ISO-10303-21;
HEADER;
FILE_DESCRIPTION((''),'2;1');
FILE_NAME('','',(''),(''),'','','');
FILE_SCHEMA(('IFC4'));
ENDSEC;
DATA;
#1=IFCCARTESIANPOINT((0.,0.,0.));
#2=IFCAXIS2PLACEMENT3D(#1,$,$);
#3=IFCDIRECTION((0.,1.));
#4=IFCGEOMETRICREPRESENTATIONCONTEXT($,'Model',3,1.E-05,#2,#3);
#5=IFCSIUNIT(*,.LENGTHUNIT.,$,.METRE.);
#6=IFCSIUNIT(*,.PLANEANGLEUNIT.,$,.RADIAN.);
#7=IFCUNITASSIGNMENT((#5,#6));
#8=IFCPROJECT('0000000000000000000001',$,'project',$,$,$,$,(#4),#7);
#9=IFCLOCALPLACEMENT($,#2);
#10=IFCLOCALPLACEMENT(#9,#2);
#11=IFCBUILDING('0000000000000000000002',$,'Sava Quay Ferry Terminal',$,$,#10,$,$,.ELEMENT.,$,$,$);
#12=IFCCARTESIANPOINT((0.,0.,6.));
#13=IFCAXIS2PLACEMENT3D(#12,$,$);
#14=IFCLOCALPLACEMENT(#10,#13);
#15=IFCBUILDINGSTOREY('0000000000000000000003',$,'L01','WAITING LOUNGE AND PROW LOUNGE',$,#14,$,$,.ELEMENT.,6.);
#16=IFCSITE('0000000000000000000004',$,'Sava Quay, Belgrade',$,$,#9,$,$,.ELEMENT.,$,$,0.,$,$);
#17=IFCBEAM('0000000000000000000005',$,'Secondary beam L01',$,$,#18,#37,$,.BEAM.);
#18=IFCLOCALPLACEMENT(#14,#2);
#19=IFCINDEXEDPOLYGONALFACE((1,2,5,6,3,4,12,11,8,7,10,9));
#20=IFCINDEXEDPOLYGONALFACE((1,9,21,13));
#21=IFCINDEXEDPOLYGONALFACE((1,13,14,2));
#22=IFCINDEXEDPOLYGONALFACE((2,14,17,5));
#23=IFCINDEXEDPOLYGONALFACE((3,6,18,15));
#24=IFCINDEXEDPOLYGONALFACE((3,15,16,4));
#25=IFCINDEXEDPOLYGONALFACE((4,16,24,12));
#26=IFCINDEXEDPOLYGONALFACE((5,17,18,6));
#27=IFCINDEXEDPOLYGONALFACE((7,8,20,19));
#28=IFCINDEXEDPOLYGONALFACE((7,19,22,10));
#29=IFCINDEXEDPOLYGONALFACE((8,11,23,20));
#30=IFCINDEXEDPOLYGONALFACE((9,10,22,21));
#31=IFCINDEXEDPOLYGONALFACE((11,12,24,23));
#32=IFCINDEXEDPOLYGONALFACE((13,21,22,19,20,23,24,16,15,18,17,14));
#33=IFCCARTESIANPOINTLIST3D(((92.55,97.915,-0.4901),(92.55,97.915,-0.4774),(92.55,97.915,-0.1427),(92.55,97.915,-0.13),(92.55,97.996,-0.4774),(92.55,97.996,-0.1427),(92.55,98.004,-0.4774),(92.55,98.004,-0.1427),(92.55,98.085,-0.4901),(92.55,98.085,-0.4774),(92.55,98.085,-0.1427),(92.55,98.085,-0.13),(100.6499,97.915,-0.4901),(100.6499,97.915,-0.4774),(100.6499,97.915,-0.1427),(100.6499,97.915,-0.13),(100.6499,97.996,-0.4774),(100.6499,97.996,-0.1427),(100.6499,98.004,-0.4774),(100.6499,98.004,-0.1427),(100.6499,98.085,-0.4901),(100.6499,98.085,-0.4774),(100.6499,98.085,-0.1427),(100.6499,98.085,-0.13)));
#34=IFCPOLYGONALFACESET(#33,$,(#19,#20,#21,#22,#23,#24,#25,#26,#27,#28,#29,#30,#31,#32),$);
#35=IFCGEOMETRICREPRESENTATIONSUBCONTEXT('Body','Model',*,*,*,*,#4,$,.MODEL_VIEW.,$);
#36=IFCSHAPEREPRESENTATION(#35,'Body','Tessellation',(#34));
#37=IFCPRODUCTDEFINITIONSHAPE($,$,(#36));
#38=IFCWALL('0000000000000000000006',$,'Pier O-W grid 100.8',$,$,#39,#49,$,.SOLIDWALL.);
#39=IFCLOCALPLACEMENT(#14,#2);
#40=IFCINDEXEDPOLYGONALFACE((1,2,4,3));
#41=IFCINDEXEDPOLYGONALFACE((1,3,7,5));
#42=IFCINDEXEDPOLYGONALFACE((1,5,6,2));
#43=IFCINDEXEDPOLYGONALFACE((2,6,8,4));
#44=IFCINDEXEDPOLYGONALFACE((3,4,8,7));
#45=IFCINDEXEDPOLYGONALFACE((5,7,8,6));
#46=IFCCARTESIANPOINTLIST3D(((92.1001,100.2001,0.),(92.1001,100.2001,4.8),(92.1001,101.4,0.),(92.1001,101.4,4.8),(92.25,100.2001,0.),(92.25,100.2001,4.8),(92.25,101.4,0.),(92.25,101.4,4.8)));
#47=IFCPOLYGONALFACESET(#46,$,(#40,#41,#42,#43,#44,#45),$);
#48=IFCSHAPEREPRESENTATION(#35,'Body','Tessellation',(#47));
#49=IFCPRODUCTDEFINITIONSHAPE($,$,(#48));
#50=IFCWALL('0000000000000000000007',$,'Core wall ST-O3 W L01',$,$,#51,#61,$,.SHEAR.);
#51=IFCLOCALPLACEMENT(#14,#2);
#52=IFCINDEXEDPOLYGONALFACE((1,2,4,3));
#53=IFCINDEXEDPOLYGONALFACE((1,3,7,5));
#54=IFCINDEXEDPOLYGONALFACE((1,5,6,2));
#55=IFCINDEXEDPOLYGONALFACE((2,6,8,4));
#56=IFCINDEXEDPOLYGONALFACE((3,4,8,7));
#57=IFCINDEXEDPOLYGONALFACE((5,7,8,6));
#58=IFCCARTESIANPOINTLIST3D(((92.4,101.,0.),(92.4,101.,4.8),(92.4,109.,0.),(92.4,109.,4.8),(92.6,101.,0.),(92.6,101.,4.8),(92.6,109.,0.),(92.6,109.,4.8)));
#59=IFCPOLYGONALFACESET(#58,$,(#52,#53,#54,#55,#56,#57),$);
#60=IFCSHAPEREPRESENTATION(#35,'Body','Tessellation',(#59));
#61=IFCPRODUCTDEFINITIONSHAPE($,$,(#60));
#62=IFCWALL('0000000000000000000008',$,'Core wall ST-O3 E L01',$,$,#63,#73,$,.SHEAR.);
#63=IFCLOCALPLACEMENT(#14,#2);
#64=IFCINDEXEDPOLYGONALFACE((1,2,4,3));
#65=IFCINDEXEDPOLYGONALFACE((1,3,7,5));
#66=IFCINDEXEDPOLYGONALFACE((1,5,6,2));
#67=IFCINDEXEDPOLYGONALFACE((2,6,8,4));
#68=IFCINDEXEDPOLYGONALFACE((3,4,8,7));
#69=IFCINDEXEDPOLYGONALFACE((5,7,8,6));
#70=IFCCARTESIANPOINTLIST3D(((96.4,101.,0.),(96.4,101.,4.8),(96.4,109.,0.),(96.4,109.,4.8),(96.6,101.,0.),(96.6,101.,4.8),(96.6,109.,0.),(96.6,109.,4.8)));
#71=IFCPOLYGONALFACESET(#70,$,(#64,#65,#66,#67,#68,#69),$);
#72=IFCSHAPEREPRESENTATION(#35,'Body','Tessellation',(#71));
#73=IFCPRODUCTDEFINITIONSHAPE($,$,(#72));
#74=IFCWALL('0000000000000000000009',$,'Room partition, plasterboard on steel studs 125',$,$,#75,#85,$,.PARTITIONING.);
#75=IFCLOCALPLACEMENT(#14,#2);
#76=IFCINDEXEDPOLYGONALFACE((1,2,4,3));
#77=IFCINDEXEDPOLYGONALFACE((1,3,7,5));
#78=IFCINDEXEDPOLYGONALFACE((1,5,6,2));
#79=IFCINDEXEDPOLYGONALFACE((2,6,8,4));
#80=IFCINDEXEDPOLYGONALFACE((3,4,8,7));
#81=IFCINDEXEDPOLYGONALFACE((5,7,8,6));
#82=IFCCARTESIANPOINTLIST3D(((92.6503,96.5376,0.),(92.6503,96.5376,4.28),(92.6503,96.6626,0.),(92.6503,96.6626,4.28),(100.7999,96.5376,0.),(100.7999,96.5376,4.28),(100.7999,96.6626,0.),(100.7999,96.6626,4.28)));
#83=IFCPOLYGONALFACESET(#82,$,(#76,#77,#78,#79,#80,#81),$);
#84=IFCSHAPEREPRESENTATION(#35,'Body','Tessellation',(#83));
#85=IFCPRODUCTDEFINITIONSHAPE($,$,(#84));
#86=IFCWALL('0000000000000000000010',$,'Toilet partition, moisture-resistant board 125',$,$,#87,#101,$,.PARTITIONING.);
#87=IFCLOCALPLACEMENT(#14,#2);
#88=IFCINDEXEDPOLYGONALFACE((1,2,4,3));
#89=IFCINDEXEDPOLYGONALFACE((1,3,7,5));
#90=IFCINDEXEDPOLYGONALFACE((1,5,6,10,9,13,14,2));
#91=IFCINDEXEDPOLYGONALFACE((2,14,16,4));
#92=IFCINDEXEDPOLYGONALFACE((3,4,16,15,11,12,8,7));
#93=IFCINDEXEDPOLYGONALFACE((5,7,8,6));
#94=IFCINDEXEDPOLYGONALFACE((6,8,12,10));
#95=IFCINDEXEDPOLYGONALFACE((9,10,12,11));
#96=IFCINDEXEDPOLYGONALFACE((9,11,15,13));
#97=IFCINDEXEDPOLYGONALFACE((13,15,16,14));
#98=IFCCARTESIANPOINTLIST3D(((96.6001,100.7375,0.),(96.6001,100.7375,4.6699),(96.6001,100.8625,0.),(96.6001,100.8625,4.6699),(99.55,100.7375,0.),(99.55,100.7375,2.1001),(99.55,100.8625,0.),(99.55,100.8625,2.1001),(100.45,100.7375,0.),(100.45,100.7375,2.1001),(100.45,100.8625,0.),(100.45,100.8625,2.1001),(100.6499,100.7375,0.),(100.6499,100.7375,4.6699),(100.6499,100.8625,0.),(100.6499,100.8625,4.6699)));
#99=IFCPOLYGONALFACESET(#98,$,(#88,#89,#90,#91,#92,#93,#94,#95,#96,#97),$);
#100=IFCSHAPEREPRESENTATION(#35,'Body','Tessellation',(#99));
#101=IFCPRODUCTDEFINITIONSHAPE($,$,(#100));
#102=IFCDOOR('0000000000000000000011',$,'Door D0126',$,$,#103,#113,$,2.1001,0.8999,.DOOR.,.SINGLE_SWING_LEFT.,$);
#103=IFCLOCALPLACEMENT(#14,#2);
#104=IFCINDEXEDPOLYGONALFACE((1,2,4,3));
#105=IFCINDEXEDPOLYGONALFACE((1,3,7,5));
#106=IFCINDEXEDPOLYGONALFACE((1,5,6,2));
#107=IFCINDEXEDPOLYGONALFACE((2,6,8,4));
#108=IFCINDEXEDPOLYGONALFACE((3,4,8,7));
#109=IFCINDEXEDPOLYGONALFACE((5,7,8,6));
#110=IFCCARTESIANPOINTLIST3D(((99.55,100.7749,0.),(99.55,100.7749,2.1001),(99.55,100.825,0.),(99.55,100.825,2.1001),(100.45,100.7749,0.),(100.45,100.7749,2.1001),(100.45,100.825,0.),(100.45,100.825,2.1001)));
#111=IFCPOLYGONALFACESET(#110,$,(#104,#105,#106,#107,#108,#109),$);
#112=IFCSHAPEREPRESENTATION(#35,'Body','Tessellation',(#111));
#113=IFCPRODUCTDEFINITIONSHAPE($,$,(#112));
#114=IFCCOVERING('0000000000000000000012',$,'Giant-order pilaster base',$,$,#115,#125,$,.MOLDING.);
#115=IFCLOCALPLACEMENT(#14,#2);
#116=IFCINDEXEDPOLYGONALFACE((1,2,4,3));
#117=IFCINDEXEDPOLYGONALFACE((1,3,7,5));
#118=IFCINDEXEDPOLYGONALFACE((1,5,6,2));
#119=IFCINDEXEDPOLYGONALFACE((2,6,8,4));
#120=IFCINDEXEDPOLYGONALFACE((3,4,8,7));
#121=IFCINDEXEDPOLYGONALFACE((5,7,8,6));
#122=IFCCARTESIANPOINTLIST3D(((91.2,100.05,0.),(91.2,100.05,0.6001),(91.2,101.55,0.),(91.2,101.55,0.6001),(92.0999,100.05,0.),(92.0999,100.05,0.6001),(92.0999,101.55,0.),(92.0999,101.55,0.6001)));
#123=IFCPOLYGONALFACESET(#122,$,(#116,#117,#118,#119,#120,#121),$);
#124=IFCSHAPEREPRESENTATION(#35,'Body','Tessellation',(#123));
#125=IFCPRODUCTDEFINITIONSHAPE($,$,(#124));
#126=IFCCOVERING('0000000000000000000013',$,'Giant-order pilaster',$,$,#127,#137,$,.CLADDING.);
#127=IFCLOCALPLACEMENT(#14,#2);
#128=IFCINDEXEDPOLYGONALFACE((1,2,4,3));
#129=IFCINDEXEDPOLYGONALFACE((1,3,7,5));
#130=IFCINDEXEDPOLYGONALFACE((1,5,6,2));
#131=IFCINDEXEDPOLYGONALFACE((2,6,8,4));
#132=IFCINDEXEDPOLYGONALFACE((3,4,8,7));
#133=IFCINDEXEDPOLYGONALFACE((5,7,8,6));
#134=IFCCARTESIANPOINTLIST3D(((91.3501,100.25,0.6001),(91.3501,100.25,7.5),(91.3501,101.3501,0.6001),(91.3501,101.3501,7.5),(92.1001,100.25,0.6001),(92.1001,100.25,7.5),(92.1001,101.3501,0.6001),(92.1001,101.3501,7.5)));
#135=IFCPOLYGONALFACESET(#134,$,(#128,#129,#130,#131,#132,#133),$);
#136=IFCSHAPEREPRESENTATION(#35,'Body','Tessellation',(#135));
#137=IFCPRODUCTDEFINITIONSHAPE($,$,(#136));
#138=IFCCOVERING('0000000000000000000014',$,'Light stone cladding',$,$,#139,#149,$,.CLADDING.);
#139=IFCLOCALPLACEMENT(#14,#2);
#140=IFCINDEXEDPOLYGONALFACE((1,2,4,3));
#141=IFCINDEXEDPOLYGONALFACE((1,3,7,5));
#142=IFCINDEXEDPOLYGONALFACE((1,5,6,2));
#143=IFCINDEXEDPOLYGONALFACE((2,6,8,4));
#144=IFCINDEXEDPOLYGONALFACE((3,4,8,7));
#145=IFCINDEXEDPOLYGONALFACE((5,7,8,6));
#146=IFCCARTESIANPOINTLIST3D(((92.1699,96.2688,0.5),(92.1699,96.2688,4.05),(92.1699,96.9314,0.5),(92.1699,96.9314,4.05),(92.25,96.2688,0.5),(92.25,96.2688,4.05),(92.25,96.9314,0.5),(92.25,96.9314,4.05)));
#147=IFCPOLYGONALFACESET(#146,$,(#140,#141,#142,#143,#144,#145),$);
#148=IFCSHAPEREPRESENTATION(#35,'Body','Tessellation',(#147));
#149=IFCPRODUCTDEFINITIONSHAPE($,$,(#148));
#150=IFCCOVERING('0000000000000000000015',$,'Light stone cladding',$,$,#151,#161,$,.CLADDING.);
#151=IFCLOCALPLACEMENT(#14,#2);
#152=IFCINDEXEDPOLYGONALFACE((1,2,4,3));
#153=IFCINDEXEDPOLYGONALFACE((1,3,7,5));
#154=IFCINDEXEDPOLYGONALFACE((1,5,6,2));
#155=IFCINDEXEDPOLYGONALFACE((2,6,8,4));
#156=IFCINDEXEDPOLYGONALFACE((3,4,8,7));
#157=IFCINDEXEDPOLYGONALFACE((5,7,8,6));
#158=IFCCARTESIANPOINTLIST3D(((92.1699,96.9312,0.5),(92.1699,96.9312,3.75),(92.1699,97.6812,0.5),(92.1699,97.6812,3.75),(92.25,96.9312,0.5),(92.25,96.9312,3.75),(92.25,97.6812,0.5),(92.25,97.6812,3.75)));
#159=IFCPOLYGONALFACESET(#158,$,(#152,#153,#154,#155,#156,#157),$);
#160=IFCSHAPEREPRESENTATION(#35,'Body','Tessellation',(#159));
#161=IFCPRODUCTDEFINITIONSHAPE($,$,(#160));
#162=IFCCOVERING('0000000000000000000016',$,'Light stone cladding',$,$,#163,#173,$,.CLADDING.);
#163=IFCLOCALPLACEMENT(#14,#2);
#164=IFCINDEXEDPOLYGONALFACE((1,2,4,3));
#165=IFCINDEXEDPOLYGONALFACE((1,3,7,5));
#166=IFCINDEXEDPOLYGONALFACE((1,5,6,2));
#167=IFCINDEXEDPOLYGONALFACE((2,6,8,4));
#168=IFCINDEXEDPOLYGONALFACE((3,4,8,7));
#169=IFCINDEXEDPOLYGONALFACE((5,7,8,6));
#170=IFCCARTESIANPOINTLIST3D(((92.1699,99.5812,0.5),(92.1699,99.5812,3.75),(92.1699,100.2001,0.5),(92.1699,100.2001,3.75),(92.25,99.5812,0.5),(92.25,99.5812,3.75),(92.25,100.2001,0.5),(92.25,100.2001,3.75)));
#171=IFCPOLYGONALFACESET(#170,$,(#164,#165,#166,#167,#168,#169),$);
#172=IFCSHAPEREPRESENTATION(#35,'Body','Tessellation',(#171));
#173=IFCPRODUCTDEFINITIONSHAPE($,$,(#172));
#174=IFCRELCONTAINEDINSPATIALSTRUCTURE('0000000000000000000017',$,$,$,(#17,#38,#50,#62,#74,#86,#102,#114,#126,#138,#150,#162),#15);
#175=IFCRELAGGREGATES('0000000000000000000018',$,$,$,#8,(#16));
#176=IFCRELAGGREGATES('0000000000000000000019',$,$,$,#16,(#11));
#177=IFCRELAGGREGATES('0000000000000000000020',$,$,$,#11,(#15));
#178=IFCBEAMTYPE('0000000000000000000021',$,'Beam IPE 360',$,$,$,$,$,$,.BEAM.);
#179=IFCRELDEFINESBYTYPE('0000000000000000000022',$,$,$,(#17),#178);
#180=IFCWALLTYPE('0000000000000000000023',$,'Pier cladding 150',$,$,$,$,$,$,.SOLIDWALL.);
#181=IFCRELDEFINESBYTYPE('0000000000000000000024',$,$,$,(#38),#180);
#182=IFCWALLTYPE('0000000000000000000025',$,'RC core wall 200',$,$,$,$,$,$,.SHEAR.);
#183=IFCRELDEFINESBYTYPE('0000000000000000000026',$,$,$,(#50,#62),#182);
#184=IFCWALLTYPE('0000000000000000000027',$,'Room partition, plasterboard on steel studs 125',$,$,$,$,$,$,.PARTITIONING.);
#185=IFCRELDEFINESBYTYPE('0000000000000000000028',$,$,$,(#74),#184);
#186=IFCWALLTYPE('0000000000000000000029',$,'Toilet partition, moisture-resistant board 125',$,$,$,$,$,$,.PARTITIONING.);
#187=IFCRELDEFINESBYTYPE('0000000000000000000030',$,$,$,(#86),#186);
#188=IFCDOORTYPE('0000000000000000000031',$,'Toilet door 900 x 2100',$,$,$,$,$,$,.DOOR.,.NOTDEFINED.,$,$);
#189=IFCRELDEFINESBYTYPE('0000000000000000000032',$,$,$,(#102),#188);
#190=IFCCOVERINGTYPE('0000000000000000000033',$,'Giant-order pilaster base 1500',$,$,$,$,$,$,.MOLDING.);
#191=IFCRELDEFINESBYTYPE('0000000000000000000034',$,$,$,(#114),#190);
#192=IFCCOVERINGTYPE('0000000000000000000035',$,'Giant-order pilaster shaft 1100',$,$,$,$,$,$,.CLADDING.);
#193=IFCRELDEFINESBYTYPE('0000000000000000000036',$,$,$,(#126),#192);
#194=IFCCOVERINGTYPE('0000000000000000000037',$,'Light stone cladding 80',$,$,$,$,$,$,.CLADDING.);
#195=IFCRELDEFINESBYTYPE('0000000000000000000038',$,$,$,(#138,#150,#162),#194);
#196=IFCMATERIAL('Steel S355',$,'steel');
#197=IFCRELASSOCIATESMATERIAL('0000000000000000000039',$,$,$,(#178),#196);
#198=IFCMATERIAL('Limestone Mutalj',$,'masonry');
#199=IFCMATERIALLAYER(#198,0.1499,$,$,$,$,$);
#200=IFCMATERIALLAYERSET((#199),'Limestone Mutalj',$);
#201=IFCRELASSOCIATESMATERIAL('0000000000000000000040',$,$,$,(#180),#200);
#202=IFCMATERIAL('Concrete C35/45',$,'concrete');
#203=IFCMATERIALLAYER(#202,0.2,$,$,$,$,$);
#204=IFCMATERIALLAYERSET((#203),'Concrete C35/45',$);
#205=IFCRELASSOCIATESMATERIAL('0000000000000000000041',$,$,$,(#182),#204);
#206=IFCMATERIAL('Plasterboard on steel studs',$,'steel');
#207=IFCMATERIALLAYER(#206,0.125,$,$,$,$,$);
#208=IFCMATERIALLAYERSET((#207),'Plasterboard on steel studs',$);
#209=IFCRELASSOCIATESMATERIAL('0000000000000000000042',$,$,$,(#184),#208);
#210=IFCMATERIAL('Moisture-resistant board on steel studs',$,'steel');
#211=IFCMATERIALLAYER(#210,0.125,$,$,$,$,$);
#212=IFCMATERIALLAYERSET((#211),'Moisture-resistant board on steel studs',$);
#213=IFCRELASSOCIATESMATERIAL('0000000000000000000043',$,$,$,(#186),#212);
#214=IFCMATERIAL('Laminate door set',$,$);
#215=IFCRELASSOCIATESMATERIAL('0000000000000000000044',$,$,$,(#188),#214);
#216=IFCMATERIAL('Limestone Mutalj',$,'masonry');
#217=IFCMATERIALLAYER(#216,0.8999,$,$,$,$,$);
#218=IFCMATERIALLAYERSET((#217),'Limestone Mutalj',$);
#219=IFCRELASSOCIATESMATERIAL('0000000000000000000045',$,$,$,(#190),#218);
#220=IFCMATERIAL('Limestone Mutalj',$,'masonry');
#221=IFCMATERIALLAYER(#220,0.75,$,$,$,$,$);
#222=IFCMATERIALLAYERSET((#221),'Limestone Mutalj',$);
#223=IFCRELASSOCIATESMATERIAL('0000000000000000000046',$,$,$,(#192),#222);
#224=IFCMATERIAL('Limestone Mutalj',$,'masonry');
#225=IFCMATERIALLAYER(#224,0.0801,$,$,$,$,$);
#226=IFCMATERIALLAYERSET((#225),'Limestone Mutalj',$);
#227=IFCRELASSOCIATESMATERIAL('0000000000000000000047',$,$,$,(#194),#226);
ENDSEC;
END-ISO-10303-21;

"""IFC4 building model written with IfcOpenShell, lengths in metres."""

from ifc_helpers import new_model, si_unit, direction, frame, frame_2d, origin, origin_2d, place, context, subcontext, project, spatial, rectangle, i_section, extrude, material, layer, layer_set, material_profile, profile_set, type_object, element, fill, save


model = new_model("IFC4")

# Units and contexts
model_context = context("Model", 3, precision=1e-05, world=origin(), true_north=direction((0.0, 1.0)))
body_context = subcontext(model_context, "Body", "Model", "MODEL_VIEW")
ifc_project = project(units=[si_unit("LENGTHUNIT", "METRE"), si_unit("PLANEANGLEUNIT", "RADIAN")], contexts=[model_context])

# Site, building, storey
site_placement = place(None, origin())
site = spatial("IfcSite", under=ifc_project, at=site_placement, Name="Sava Quay, Belgrade", CompositionType="ELEMENT", RefElevation=0.0)
building_placement = place(site_placement, origin())
building = spatial("IfcBuilding", under=site, at=building_placement, Name="Sava Quay Ferry Terminal", CompositionType="ELEMENT")
storey_placement = place(building_placement, frame((0.0, 0.0, 6.0)))
storey = spatial("IfcBuildingStorey", under=building, at=storey_placement, Name="L01", Description="WAITING LOUNGE AND PROW LOUNGE", CompositionType="ELEMENT", Elevation=6.0)

# Beam
ifc_material_1 = material(Name="Steel S355", Category="steel")
ifc_material_profile = material_profile(ifc_material_1, i_section(OverallWidth=0.1699, OverallDepth=0.3601, WebThickness=0.0081, FlangeThickness=0.0127, at=origin_2d()), Name="IPE 360")
ifc_profile_set = profile_set([ifc_material_profile], Name="Steel S355")
beam_type = type_object("IfcBeamType", Name="Beam IPE 360", PredefinedType="BEAM", material=ifc_profile_set)
beam_placement = place(storey_placement, frame((92.55, 98.0, -0.3101), z_axis=(1.0, 0.0, 0.0), x_axis=(0.0, 1.0, 0.0)))
element("IfcBeam", 1, at=beam_placement, inside=storey, type_object=beam_type, Name="Secondary beam L01", PredefinedType="BEAM", context=body_context, shape_type="SweptSolid", body=[
    extrude(i_section(OverallWidth=0.1699, OverallDepth=0.3601, WebThickness=0.0081, FlangeThickness=0.0127, at=origin_2d()), origin(), (0.0, 0.0, 1.0), 8.0999),
])

# Wall
ifc_material_2 = material(Name="Limestone Mutalj", Category="masonry")
ifc_layer_1 = layer(ifc_material_2, 0.1499)
ifc_layer_set_1 = layer_set([ifc_layer_1], Name="Limestone Mutalj")
wall_type_1 = type_object("IfcWallType", Name="Pier cladding 150", PredefinedType="SOLIDWALL", material=ifc_layer_set_1)
wall_1_placement = place(storey_placement, frame((92.175, 100.2, 0.0), z_axis=(0.0, 0.0, 1.0), x_axis=(0.0, 1.0, 0.0)))
element("IfcWall", 2, at=wall_1_placement, inside=storey, type_object=wall_type_1, Name="Pier O-W grid 100.8", PredefinedType="SOLIDWALL", context=body_context, shape_type="SweptSolid", body=[
    extrude(rectangle(XDim=1.2, YDim=0.1499, at=frame_2d((0.6001, 0.0))), origin(), (0.0, 0.0, 1.0), 4.8),
])

# Shared definitions
ifc_material_3 = material(Name="Concrete C35/45", Category="concrete")
ifc_layer_2 = layer(ifc_material_3, 0.2)
ifc_layer_set_2 = layer_set([ifc_layer_2], Name="Concrete C35/45")
wall_type_2 = type_object("IfcWallType", Name="RC core wall 200", PredefinedType="SHEAR", material=ifc_layer_set_2)

# Walls
for number, where, z_axis, x_axis, name in (
    (3, (92.5, 101.0, 0.0), (0.0, 0.0, 1.0), (0.0, 1.0, 0.0), "Core wall ST-O3 W L01"),
    (4, (96.5, 101.0, 0.0), (0.0, 0.0, 1.0), (0.0, 1.0, 0.0), "Core wall ST-O3 E L01"),
):
    element("IfcWall", number, at=place(storey_placement, frame(where, z_axis=z_axis, x_axis=x_axis)), inside=storey, type_object=wall_type_2, Name=name, PredefinedType="SHEAR", context=body_context, shape_type="SweptSolid", body=[
        extrude(rectangle(XDim=8.0, YDim=0.2, at=frame_2d((4.0, 0.0))), origin(), (0.0, 0.0, 1.0), 4.8),
    ])
ifc_material_4 = material(Name="Plasterboard on steel studs", Category="steel")
ifc_layer_3 = layer(ifc_material_4, 0.125)
ifc_layer_set_3 = layer_set([ifc_layer_3], Name="Plasterboard on steel studs")
wall_type_3 = type_object("IfcWallType", Name="Room partition, plasterboard on steel studs 125", PredefinedType="PARTITIONING", material=ifc_layer_set_3)
wall_2_placement = place(storey_placement, frame((92.6504, 96.6001, 0.0), z_axis=(0.0, 0.0, 1.0), x_axis=(1.0, 0.0, 0.0)))
element("IfcWall", 5, at=wall_2_placement, inside=storey, type_object=wall_type_3, Name="Room partition, plasterboard on steel studs 125", PredefinedType="PARTITIONING", context=body_context, shape_type="SweptSolid", body=[
    extrude(rectangle(XDim=8.1497, YDim=0.125, at=frame_2d((4.0747, 0.0))), origin(), (0.0, 0.0, 1.0), 4.28),
])

# Wall, opening, door
ifc_material_5 = material(Name="Moisture-resistant board on steel studs", Category="steel")
ifc_layer_4 = layer(ifc_material_5, 0.125)
ifc_layer_set_4 = layer_set([ifc_layer_4], Name="Moisture-resistant board on steel studs")
wall_type_4 = type_object("IfcWallType", Name="Toilet partition, moisture-resistant board 125", PredefinedType="PARTITIONING", material=ifc_layer_set_4)
wall_3_placement = place(storey_placement, frame((96.6001, 100.8, 0.0), z_axis=(0.0, 0.0, 1.0), x_axis=(1.0, 0.0, 0.0)))
wall_3 = element("IfcWall", 6, at=wall_3_placement, inside=storey, type_object=wall_type_4, Name="Toilet partition, moisture-resistant board 125", PredefinedType="PARTITIONING", context=body_context, shape_type="SweptSolid", body=[
    extrude(rectangle(XDim=4.0498, YDim=0.125, at=frame_2d((2.0249, 0.0))), origin(), (0.0, 0.0, 1.0), 4.6699),
])
opening_1_placement = place(wall_3_placement, frame((2.95, 0.0, 0.0)))
opening_1 = element("IfcOpeningElement", 7, at=opening_1_placement, cuts=wall_3, PredefinedType="OPENING", context=body_context, shape_type="SweptSolid", body=[
    extrude(rectangle(XDim=0.8999, YDim=2.1001, at=frame_2d((0.45, 1.05))), frame((0.0, 0.0625, 0.0), z_axis=(0.0, -1.0, 0.0), x_axis=(1.0, 0.0, 0.0)), (0.0, 0.0, 1.0), 0.125),
])
ifc_material_6 = material(Name="Laminate door set")
door_type_1 = type_object("IfcDoorType", Name="Toilet door 900 x 2100", OperationType="NOTDEFINED", PredefinedType="DOOR", material=ifc_material_6)
door_1_placement = place(opening_1_placement, origin())
door_1 = element("IfcDoor", 8, at=door_1_placement, inside=storey, type_object=door_type_1, Name="Door D0126", OperationType="SINGLE_SWING_LEFT", OverallHeight=2.1001, OverallWidth=0.8999, PredefinedType="DOOR", context=body_context, shape_type="SweptSolid", body=[
    extrude(rectangle(XDim=0.8999, YDim=2.1001, at=frame_2d((0.45, 1.05))), frame((0.0, 0.0249, 0.0), z_axis=(0.0, -1.0, 0.0), x_axis=(1.0, 0.0, 0.0)), (0.0, 0.0, 1.0), 0.05),
])
fill(opening_1, door_1)

# Coverings
ifc_material_7 = material(Name="Limestone Mutalj", Category="masonry")
ifc_layer_5 = layer(ifc_material_7, 0.8999)
ifc_layer_set_5 = layer_set([ifc_layer_5], Name="Limestone Mutalj")
covering_type_1 = type_object("IfcCoveringType", Name="Giant-order pilaster base 1500", PredefinedType="MOLDING", material=ifc_layer_set_5)
covering_1_placement = place(storey_placement, frame((91.6499, 100.8, 0.0), z_axis=(0.0, 0.0, 1.0), x_axis=(1.0, 0.0, 0.0)))
element("IfcCovering", 9, at=covering_1_placement, inside=storey, type_object=covering_type_1, Name="Giant-order pilaster base", PredefinedType="MOLDING", context=body_context, shape_type="SweptSolid", body=[
    extrude(rectangle(XDim=0.8999, YDim=1.5, at=origin_2d()), origin(), (0.0, 0.0, 1.0), 0.6001),
])
ifc_material_8 = material(Name="Limestone Mutalj", Category="masonry")
ifc_layer_6 = layer(ifc_material_8, 0.75)
ifc_layer_set_6 = layer_set([ifc_layer_6], Name="Limestone Mutalj")
covering_type_2 = type_object("IfcCoveringType", Name="Giant-order pilaster shaft 1100", PredefinedType="CLADDING", material=ifc_layer_set_6)
covering_2_placement = place(storey_placement, frame((91.7251, 100.8, 0.6001), z_axis=(0.0, 0.0, 1.0), x_axis=(1.0, 0.0, 0.0)))
element("IfcCovering", 10, at=covering_2_placement, inside=storey, type_object=covering_type_2, Name="Giant-order pilaster", PredefinedType="CLADDING", context=body_context, shape_type="SweptSolid", body=[
    extrude(rectangle(XDim=0.75, YDim=1.1001, at=origin_2d()), origin(), (0.0, 0.0, 1.0), 6.8999),
])
ifc_material_9 = material(Name="Limestone Mutalj", Category="masonry")
ifc_layer_7 = layer(ifc_material_9, 0.0801)
ifc_layer_set_7 = layer_set([ifc_layer_7], Name="Limestone Mutalj")
covering_type_3 = type_object("IfcCoveringType", Name="Light stone cladding 80", PredefinedType="CLADDING", material=ifc_layer_set_7)
covering_3_placement = place(storey_placement, frame((92.21, 96.6001, 0.5), z_axis=(0.0, 0.0, 1.0), x_axis=(1.0, 0.0, 0.0)))
element("IfcCovering", 11, at=covering_3_placement, inside=storey, type_object=covering_type_3, Name="Light stone cladding", PredefinedType="CLADDING", context=body_context, shape_type="SweptSolid", body=[
    extrude(rectangle(XDim=0.0801, YDim=0.6626, at=origin_2d()), origin(), (0.0, 0.0, 1.0), 3.55),
])
covering_4_placement = place(storey_placement, frame((92.21, 97.3062, 0.5), z_axis=(0.0, 0.0, 1.0), x_axis=(1.0, 0.0, 0.0)))
element("IfcCovering", 12, at=covering_4_placement, inside=storey, type_object=covering_type_3, Name="Light stone cladding", PredefinedType="CLADDING", context=body_context, shape_type="SweptSolid", body=[
    extrude(rectangle(XDim=0.0801, YDim=0.75, at=origin_2d()), origin(), (0.0, 0.0, 1.0), 3.25),
])
covering_5_placement = place(storey_placement, frame((92.21, 99.8906, 0.5), z_axis=(0.0, 0.0, 1.0), x_axis=(1.0, 0.0, 0.0)))
element("IfcCovering", 13, at=covering_5_placement, inside=storey, type_object=covering_type_3, Name="Light stone cladding", PredefinedType="CLADDING", context=body_context, shape_type="SweptSolid", body=[
    extrude(rectangle(XDim=0.0801, YDim=0.6189, at=origin_2d()), origin(), (0.0, 0.0, 1.0), 3.25),
])

save(model, "model.ifc")
